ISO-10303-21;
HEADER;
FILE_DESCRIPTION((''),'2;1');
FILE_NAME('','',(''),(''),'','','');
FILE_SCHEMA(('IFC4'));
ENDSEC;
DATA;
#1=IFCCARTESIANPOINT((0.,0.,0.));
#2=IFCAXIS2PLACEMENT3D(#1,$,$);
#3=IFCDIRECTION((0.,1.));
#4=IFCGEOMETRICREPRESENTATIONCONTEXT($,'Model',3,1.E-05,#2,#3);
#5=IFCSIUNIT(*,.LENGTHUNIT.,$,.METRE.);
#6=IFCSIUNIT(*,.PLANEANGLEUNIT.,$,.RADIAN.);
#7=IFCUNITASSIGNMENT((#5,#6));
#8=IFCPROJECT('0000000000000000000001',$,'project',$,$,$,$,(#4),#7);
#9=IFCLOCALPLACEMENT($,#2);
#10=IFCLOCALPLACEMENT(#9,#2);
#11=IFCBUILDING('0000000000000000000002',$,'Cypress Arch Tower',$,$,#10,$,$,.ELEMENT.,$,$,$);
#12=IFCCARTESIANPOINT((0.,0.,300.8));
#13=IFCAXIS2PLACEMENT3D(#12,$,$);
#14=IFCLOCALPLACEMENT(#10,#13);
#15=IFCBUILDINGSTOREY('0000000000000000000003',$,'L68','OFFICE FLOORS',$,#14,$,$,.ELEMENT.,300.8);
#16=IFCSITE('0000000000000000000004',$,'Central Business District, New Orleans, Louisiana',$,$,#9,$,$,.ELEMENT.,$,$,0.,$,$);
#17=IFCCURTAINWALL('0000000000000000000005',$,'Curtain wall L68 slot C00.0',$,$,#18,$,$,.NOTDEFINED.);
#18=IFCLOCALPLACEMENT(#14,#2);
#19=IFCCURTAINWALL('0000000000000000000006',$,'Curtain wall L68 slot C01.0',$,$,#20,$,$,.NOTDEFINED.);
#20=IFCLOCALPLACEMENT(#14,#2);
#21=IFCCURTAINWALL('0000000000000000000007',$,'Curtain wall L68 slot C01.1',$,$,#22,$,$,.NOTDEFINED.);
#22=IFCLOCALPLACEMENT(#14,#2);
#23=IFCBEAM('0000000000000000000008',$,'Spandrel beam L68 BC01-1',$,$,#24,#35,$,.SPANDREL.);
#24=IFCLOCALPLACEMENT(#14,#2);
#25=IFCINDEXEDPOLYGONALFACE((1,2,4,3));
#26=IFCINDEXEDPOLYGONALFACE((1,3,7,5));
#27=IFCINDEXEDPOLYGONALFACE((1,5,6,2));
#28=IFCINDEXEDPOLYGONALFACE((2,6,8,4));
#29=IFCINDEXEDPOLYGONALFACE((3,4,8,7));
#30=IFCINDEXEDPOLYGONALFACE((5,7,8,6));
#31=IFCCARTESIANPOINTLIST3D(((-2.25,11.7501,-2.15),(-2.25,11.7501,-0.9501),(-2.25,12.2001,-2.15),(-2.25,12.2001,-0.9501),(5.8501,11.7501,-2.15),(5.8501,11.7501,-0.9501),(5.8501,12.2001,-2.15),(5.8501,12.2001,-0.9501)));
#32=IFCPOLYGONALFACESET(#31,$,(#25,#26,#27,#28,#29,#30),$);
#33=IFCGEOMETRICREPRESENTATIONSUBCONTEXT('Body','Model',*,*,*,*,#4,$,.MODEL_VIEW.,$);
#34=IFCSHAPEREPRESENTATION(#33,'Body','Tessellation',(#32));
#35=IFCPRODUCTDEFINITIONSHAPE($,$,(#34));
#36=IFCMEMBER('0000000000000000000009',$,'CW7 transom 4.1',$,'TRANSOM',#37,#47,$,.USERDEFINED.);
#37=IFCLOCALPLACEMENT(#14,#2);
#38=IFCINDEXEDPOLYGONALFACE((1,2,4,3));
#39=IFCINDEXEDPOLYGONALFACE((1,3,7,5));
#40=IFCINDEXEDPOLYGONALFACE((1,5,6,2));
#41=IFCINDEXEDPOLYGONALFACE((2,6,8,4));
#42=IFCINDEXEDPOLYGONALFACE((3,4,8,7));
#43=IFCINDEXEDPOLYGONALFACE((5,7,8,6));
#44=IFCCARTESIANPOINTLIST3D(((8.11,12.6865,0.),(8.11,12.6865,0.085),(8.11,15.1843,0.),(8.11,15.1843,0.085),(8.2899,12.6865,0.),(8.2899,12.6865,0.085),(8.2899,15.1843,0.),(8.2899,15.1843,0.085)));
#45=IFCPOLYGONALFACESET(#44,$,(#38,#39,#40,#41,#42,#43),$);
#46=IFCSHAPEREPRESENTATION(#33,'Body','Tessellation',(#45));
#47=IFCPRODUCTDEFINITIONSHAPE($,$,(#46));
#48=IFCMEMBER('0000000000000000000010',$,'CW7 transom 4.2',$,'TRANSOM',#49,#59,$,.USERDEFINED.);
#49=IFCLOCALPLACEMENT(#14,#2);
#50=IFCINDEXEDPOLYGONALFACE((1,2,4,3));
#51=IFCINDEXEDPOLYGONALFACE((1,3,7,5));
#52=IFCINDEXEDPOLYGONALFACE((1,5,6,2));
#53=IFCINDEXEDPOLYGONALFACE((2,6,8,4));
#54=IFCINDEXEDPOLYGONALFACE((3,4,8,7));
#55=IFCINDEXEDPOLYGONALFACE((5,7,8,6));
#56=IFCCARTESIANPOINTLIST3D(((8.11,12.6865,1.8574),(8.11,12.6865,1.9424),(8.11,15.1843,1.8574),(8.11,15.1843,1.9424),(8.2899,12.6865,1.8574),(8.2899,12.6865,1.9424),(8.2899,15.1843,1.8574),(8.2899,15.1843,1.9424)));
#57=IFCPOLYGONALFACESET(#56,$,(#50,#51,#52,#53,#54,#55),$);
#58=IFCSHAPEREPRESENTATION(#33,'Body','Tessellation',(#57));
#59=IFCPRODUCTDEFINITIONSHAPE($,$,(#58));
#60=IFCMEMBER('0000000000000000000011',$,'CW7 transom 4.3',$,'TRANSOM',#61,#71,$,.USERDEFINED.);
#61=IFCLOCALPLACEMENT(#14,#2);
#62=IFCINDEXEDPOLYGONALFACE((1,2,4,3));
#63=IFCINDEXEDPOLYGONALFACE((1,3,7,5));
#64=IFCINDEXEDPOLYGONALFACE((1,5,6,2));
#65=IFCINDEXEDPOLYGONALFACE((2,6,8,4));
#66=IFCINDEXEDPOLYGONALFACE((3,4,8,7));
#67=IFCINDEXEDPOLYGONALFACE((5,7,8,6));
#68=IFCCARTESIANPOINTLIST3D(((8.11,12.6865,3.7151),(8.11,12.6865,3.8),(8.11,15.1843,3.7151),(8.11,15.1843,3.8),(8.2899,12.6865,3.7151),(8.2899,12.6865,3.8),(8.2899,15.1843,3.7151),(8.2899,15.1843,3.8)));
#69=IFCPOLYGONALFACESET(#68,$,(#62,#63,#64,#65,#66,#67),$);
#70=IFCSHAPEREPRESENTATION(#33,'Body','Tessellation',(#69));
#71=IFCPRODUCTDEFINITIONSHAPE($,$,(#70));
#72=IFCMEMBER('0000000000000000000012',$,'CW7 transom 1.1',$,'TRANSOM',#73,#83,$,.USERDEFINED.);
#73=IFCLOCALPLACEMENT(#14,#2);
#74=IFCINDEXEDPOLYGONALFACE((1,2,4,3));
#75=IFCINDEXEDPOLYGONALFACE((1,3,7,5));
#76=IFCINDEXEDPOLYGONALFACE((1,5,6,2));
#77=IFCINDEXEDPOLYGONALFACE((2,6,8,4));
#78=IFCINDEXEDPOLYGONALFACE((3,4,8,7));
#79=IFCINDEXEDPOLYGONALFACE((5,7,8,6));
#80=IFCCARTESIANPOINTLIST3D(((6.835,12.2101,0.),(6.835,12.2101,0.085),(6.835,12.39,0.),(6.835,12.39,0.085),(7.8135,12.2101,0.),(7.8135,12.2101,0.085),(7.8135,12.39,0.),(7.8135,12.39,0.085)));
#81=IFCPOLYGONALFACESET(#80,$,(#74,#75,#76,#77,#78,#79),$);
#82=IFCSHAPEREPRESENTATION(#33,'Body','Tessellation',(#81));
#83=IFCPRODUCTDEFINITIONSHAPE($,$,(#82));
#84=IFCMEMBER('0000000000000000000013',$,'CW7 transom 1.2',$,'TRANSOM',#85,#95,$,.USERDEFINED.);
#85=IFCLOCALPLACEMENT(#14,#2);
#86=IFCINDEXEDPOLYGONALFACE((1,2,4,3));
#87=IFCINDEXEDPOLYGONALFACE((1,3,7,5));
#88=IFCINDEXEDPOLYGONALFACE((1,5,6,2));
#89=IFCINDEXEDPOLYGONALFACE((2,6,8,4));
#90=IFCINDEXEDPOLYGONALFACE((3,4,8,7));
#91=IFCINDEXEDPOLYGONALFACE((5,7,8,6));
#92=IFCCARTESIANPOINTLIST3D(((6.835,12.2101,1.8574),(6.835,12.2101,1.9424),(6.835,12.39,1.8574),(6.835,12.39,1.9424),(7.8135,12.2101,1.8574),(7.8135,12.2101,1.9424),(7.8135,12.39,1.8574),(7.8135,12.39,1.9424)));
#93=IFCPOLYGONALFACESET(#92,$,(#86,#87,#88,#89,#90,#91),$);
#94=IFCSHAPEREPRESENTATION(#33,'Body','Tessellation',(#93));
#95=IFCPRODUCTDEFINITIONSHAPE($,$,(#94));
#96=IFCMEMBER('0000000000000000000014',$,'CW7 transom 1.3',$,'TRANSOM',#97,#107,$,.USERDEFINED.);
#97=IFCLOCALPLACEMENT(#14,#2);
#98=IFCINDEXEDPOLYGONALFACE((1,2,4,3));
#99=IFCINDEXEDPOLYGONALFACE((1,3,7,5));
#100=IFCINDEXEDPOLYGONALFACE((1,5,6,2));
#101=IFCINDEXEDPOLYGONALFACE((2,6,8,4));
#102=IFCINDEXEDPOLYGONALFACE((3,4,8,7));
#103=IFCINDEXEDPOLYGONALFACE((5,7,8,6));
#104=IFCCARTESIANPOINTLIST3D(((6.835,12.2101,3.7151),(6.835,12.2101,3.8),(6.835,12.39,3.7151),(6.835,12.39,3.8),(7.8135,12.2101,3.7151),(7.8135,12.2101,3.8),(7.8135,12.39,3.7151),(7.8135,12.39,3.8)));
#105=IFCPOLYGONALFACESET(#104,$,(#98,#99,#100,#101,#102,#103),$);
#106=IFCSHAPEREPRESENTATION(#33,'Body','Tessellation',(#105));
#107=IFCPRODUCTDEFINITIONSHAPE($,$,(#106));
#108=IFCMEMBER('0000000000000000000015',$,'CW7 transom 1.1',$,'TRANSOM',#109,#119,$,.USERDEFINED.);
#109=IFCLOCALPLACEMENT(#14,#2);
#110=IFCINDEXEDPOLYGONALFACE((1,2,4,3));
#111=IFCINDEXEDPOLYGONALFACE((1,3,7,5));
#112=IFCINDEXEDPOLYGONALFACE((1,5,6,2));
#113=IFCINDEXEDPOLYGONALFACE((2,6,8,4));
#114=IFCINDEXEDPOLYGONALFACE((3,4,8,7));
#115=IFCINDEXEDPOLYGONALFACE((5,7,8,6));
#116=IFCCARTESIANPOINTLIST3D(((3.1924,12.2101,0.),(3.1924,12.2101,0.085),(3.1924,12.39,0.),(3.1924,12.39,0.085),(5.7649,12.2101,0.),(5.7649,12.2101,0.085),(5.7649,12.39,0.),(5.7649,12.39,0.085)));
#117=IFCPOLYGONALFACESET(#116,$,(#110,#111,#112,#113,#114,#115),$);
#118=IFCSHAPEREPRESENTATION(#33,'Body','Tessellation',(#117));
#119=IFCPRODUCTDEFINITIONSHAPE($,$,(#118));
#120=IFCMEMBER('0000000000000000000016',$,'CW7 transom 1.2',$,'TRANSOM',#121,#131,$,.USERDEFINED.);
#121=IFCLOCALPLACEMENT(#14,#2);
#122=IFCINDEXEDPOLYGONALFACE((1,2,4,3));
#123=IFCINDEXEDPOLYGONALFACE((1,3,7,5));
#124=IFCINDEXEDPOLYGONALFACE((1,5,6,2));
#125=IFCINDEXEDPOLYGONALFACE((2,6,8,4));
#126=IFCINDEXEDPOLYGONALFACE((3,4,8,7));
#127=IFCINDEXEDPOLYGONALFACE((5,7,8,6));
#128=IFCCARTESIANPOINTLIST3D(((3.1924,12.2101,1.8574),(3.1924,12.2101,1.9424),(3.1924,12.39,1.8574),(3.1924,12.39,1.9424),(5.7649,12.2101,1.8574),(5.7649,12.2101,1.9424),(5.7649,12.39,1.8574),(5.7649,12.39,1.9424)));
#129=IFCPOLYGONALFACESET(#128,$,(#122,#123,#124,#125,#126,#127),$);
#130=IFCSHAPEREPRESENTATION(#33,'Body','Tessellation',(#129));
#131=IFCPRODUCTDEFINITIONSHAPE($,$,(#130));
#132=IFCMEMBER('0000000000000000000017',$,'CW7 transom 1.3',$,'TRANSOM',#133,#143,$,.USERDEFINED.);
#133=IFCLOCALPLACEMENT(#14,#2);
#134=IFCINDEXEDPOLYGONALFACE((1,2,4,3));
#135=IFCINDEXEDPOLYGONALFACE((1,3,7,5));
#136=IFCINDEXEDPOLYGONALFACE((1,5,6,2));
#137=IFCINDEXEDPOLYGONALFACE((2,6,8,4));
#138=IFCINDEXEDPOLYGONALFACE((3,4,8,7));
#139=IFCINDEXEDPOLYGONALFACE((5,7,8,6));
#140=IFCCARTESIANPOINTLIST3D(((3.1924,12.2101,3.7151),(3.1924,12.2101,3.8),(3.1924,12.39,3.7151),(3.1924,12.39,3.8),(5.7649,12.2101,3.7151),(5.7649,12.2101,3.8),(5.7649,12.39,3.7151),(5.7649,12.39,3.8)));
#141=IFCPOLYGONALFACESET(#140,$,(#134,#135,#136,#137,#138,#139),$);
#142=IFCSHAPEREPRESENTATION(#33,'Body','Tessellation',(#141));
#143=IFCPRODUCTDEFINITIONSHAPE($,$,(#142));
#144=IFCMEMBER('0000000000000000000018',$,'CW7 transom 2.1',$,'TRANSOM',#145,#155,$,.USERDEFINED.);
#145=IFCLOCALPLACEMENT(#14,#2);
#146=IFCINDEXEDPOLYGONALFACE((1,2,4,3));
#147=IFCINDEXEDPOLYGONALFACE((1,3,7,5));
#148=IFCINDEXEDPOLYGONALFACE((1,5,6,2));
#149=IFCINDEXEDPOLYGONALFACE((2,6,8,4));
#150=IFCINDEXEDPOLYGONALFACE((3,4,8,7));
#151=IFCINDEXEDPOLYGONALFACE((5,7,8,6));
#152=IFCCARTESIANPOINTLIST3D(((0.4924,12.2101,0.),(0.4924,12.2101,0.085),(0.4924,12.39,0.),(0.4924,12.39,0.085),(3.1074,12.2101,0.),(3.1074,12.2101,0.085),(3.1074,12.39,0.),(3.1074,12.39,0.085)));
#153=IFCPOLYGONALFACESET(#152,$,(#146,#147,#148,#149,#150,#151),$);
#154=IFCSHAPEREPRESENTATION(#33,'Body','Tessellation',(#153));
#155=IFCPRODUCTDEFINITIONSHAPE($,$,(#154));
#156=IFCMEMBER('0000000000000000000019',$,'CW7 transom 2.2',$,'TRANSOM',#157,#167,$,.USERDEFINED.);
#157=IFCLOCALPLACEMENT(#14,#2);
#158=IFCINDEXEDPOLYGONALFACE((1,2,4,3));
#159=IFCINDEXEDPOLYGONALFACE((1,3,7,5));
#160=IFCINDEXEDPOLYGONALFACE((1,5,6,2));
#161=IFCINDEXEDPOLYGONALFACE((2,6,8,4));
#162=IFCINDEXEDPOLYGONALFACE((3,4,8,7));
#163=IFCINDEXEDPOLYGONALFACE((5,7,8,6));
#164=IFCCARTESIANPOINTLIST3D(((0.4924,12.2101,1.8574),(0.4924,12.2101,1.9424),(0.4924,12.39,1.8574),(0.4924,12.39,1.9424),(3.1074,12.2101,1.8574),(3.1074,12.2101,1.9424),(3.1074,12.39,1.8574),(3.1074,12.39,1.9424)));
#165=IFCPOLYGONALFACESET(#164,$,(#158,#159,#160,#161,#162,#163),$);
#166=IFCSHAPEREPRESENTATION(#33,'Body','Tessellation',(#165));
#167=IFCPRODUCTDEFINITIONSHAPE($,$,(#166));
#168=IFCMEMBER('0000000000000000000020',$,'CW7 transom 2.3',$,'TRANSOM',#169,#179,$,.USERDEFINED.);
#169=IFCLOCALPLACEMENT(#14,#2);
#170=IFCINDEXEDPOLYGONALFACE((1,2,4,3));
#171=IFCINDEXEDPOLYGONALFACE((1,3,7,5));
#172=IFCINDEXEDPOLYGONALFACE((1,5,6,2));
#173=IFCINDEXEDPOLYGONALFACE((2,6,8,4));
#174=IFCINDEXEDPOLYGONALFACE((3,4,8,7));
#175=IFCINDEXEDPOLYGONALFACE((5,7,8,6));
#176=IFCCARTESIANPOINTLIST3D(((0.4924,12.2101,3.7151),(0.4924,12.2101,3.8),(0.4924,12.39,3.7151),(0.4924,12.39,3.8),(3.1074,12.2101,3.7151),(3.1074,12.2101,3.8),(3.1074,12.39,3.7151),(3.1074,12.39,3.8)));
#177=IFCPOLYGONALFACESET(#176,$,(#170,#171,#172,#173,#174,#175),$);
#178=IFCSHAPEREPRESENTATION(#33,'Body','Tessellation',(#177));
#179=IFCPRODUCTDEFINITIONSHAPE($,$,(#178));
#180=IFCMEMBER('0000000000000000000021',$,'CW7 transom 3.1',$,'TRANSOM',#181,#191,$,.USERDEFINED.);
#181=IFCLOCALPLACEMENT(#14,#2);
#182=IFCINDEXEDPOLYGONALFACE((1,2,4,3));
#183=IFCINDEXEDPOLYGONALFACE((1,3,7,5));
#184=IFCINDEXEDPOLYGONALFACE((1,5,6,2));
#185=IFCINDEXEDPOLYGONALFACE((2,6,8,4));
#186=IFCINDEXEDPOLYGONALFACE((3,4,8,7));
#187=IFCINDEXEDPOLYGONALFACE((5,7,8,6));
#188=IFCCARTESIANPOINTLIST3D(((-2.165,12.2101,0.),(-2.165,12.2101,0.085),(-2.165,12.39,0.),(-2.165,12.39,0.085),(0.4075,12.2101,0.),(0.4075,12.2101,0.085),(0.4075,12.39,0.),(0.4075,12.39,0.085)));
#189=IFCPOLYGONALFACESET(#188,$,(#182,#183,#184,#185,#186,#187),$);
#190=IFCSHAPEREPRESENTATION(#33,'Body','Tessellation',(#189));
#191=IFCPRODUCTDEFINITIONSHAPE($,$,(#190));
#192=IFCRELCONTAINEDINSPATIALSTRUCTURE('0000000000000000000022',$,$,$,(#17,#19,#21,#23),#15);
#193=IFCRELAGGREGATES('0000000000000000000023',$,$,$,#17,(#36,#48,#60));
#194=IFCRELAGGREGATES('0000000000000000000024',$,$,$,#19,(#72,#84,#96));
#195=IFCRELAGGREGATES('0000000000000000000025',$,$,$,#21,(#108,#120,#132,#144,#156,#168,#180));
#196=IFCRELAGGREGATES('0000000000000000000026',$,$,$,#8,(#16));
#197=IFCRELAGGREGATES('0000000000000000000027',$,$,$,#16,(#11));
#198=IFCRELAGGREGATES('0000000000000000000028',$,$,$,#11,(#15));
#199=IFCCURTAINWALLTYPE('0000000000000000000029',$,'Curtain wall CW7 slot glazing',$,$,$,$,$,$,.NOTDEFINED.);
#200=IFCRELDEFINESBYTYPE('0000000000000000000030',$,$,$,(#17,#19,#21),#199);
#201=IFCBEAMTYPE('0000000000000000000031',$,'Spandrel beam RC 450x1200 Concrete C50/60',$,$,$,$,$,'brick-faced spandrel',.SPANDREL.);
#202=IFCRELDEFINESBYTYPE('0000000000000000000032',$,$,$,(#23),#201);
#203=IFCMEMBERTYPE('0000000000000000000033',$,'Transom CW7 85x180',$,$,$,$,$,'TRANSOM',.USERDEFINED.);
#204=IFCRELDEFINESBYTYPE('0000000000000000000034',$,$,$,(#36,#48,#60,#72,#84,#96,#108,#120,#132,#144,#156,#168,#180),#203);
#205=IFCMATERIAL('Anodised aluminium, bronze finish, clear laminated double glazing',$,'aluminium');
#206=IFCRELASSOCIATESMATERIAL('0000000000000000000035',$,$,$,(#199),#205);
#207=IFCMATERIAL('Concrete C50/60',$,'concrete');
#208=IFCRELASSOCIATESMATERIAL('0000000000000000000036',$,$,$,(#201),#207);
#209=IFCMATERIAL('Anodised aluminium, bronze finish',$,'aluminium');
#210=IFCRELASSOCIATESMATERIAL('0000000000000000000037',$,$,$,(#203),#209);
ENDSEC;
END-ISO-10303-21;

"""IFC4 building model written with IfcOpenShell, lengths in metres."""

from ifc_helpers import new_model, si_unit, direction, frame, origin, origin_2d, place, context, subcontext, project, spatial, rectangle, extrude, material, material_profile, profile_set, type_object, element, aggregate, save


model = new_model("IFC4")

# Units and contexts
model_context = context("Model", 3, precision=1e-05, world=origin(), true_north=direction((0.0, 1.0)))
body_context = subcontext(model_context, "Body", "Model", "MODEL_VIEW")
ifc_project = project(units=[si_unit("LENGTHUNIT", "METRE"), si_unit("PLANEANGLEUNIT", "RADIAN")], contexts=[model_context])

# Site, building, storey
site_placement = place(None, origin())
site = spatial("IfcSite", under=ifc_project, at=site_placement, Name="Central Business District, New Orleans, Louisiana", CompositionType="ELEMENT", RefElevation=0.0)
building_placement = place(site_placement, origin())
building = spatial("IfcBuilding", under=site, at=building_placement, Name="Cypress Arch Tower", CompositionType="ELEMENT")
storey_placement = place(building_placement, frame((0.0, 0.0, 300.8)))
storey = spatial("IfcBuildingStorey", under=building, at=storey_placement, Name="L68", Description="OFFICE FLOORS", CompositionType="ELEMENT", Elevation=300.8)

# Curtain walls
ifc_material_1 = material(Name="Anodised aluminium, bronze finish, clear laminated double glazing", Category="aluminium")
curtain_wall_type = type_object("IfcCurtainWallType", Name="Curtain wall CW7 slot glazing", PredefinedType="NOTDEFINED", material=ifc_material_1)
curtain_wall_1_placement = place(storey_placement, origin())
curtain_wall_1 = element("IfcCurtainWall", 1, at=curtain_wall_1_placement, inside=storey, type_object=curtain_wall_type, Name="Curtain wall L68 slot C00.0", PredefinedType="NOTDEFINED")
curtain_wall_2_placement = place(storey_placement, origin())
curtain_wall_2 = element("IfcCurtainWall", 2, at=curtain_wall_2_placement, inside=storey, type_object=curtain_wall_type, Name="Curtain wall L68 slot C01.0", PredefinedType="NOTDEFINED")
curtain_wall_3_placement = place(storey_placement, origin())
curtain_wall_3 = element("IfcCurtainWall", 3, at=curtain_wall_3_placement, inside=storey, type_object=curtain_wall_type, Name="Curtain wall L68 slot C01.1", PredefinedType="NOTDEFINED")

# Beam
ifc_material_2 = material(Name="Concrete C50/60", Category="concrete")
ifc_material_profile_1 = material_profile(ifc_material_2, rectangle(XDim=0.45, YDim=1.2, at=origin_2d()), Name="RC 450x1200")
ifc_profile_set_1 = profile_set([ifc_material_profile_1], Name="Concrete C50/60")
beam_type_1 = type_object("IfcBeamType", Name="Spandrel beam RC 450x1200 Concrete C50/60", ElementType="brick-faced spandrel", PredefinedType="SPANDREL", material=ifc_profile_set_1)
beam_1_placement = place(storey_placement, frame((5.8501, 11.9751, -1.55), z_axis=(-1.0, 0.0, 0.0), x_axis=(0.0, -1.0, 0.0)))
element("IfcBeam", 4, at=beam_1_placement, inside=storey, type_object=beam_type_1, Name="Spandrel beam L68 BC01-1", PredefinedType="SPANDREL", context=body_context, shape_type="SweptSolid", body=[
    extrude(rectangle(XDim=0.45, YDim=1.2, at=origin_2d()), origin(), (0.0, 0.0, 1.0), 8.1001),
])

# Members
ifc_material_3 = material(Name="Anodised aluminium, bronze finish", Category="aluminium")
ifc_material_profile_2 = material_profile(ifc_material_3, rectangle(XDim=0.1799, YDim=0.085, at=origin_2d()), Name="Transom 85x180")
ifc_profile_set_2 = profile_set([ifc_material_profile_2], Name="Anodised aluminium, bronze finish")
member_type_1 = type_object("IfcMemberType", Name="Transom CW7 85x180", ElementType="TRANSOM", PredefinedType="USERDEFINED", material=ifc_profile_set_2)
member_1_placement = place(storey_placement, frame((8.2, 15.1843, 0.0425), z_axis=(0.0, -1.0, 0.0), x_axis=(1.0, 0.0, 0.0)))
member_1 = element("IfcMember", 5, at=member_1_placement, type_object=member_type_1, Name="CW7 transom 4.1", ObjectType="TRANSOM", PredefinedType="USERDEFINED", context=body_context, shape_type="SweptSolid", body=[
    extrude(rectangle(XDim=0.1799, YDim=0.085, at=origin_2d()), origin(), (0.0, 0.0, 1.0), 2.4978),
])
member_2_placement = place(storey_placement, frame((8.2, 15.1843, 1.8999), z_axis=(0.0, -1.0, 0.0), x_axis=(1.0, 0.0, 0.0)))
member_2 = element("IfcMember", 6, at=member_2_placement, type_object=member_type_1, Name="CW7 transom 4.2", ObjectType="TRANSOM", PredefinedType="USERDEFINED", context=body_context, shape_type="SweptSolid", body=[
    extrude(rectangle(XDim=0.1799, YDim=0.085, at=origin_2d()), origin(), (0.0, 0.0, 1.0), 2.4978),
])
member_3_placement = place(storey_placement, frame((8.2, 15.1843, 3.7576), z_axis=(0.0, -1.0, 0.0), x_axis=(1.0, 0.0, 0.0)))
member_3 = element("IfcMember", 7, at=member_3_placement, type_object=member_type_1, Name="CW7 transom 4.3", ObjectType="TRANSOM", PredefinedType="USERDEFINED", context=body_context, shape_type="SweptSolid", body=[
    extrude(rectangle(XDim=0.1799, YDim=0.085, at=origin_2d()), origin(), (0.0, 0.0, 1.0), 2.4978),
])
member_4_placement = place(storey_placement, frame((7.8135, 12.3, 0.0425), z_axis=(-1.0, 0.0, 0.0), x_axis=(0.0, -1.0, 0.0)))
member_4 = element("IfcMember", 8, at=member_4_placement, type_object=member_type_1, Name="CW7 transom 1.1", ObjectType="TRANSOM", PredefinedType="USERDEFINED", context=body_context, shape_type="SweptSolid", body=[
    extrude(rectangle(XDim=0.1799, YDim=0.085, at=origin_2d()), origin(), (0.0, 0.0, 1.0), 0.9785),
])
member_5_placement = place(storey_placement, frame((7.8135, 12.3, 1.8999), z_axis=(-1.0, 0.0, 0.0), x_axis=(0.0, -1.0, 0.0)))
member_5 = element("IfcMember", 9, at=member_5_placement, type_object=member_type_1, Name="CW7 transom 1.2", ObjectType="TRANSOM", PredefinedType="USERDEFINED", context=body_context, shape_type="SweptSolid", body=[
    extrude(rectangle(XDim=0.1799, YDim=0.085, at=origin_2d()), origin(), (0.0, 0.0, 1.0), 0.9785),
])
member_6_placement = place(storey_placement, frame((7.8135, 12.3, 3.7576), z_axis=(-1.0, 0.0, 0.0), x_axis=(0.0, -1.0, 0.0)))
member_6 = element("IfcMember", 10, at=member_6_placement, type_object=member_type_1, Name="CW7 transom 1.3", ObjectType="TRANSOM", PredefinedType="USERDEFINED", context=body_context, shape_type="SweptSolid", body=[
    extrude(rectangle(XDim=0.1799, YDim=0.085, at=origin_2d()), origin(), (0.0, 0.0, 1.0), 0.9785),
])
member_7_placement = place(storey_placement, frame((5.7649, 12.3, 0.0425), z_axis=(-1.0, 0.0, 0.0), x_axis=(0.0, -1.0, 0.0)))
member_7 = element("IfcMember", 11, at=member_7_placement, type_object=member_type_1, Name="CW7 transom 1.1", ObjectType="TRANSOM", PredefinedType="USERDEFINED", context=body_context, shape_type="SweptSolid", body=[
    extrude(rectangle(XDim=0.1799, YDim=0.085, at=origin_2d()), origin(), (0.0, 0.0, 1.0), 2.5725),
])
member_8_placement = place(storey_placement, frame((5.7649, 12.3, 1.8999), z_axis=(-1.0, 0.0, 0.0), x_axis=(0.0, -1.0, 0.0)))
member_8 = element("IfcMember", 12, at=member_8_placement, type_object=member_type_1, Name="CW7 transom 1.2", ObjectType="TRANSOM", PredefinedType="USERDEFINED", context=body_context, shape_type="SweptSolid", body=[
    extrude(rectangle(XDim=0.1799, YDim=0.085, at=origin_2d()), origin(), (0.0, 0.0, 1.0), 2.5725),
])
member_9_placement = place(storey_placement, frame((5.7649, 12.3, 3.7576), z_axis=(-1.0, 0.0, 0.0), x_axis=(0.0, -1.0, 0.0)))
member_9 = element("IfcMember", 13, at=member_9_placement, type_object=member_type_1, Name="CW7 transom 1.3", ObjectType="TRANSOM", PredefinedType="USERDEFINED", context=body_context, shape_type="SweptSolid", body=[
    extrude(rectangle(XDim=0.1799, YDim=0.085, at=origin_2d()), origin(), (0.0, 0.0, 1.0), 2.5725),
])
member_10_placement = place(storey_placement, frame((3.1074, 12.3, 0.0425), z_axis=(-1.0, 0.0, 0.0), x_axis=(0.0, -1.0, 0.0)))
member_10 = element("IfcMember", 14, at=member_10_placement, type_object=member_type_1, Name="CW7 transom 2.1", ObjectType="TRANSOM", PredefinedType="USERDEFINED", context=body_context, shape_type="SweptSolid", body=[
    extrude(rectangle(XDim=0.1799, YDim=0.085, at=origin_2d()), origin(), (0.0, 0.0, 1.0), 2.615),
])
member_11_placement = place(storey_placement, frame((3.1074, 12.3, 1.8999), z_axis=(-1.0, 0.0, 0.0), x_axis=(0.0, -1.0, 0.0)))
member_11 = element("IfcMember", 15, at=member_11_placement, type_object=member_type_1, Name="CW7 transom 2.2", ObjectType="TRANSOM", PredefinedType="USERDEFINED", context=body_context, shape_type="SweptSolid", body=[
    extrude(rectangle(XDim=0.1799, YDim=0.085, at=origin_2d()), origin(), (0.0, 0.0, 1.0), 2.615),
])
member_12_placement = place(storey_placement, frame((3.1074, 12.3, 3.7576), z_axis=(-1.0, 0.0, 0.0), x_axis=(0.0, -1.0, 0.0)))
member_12 = element("IfcMember", 16, at=member_12_placement, type_object=member_type_1, Name="CW7 transom 2.3", ObjectType="TRANSOM", PredefinedType="USERDEFINED", context=body_context, shape_type="SweptSolid", body=[
    extrude(rectangle(XDim=0.1799, YDim=0.085, at=origin_2d()), origin(), (0.0, 0.0, 1.0), 2.615),
])
member_13_placement = place(storey_placement, frame((0.4075, 12.3, 0.0425), z_axis=(-1.0, 0.0, 0.0), x_axis=(0.0, -1.0, 0.0)))
member_13 = element("IfcMember", 17, at=member_13_placement, type_object=member_type_1, Name="CW7 transom 3.1", ObjectType="TRANSOM", PredefinedType="USERDEFINED", context=body_context, shape_type="SweptSolid", body=[
    extrude(rectangle(XDim=0.1799, YDim=0.085, at=origin_2d()), origin(), (0.0, 0.0, 1.0), 2.5725),
])

aggregate(curtain_wall_1, [member_1, member_2, member_3])
aggregate(curtain_wall_2, [member_4, member_5, member_6])
aggregate(curtain_wall_3, [member_7, member_8, member_9, member_10, member_11, member_12, member_13])

save(model, "model.ifc")
